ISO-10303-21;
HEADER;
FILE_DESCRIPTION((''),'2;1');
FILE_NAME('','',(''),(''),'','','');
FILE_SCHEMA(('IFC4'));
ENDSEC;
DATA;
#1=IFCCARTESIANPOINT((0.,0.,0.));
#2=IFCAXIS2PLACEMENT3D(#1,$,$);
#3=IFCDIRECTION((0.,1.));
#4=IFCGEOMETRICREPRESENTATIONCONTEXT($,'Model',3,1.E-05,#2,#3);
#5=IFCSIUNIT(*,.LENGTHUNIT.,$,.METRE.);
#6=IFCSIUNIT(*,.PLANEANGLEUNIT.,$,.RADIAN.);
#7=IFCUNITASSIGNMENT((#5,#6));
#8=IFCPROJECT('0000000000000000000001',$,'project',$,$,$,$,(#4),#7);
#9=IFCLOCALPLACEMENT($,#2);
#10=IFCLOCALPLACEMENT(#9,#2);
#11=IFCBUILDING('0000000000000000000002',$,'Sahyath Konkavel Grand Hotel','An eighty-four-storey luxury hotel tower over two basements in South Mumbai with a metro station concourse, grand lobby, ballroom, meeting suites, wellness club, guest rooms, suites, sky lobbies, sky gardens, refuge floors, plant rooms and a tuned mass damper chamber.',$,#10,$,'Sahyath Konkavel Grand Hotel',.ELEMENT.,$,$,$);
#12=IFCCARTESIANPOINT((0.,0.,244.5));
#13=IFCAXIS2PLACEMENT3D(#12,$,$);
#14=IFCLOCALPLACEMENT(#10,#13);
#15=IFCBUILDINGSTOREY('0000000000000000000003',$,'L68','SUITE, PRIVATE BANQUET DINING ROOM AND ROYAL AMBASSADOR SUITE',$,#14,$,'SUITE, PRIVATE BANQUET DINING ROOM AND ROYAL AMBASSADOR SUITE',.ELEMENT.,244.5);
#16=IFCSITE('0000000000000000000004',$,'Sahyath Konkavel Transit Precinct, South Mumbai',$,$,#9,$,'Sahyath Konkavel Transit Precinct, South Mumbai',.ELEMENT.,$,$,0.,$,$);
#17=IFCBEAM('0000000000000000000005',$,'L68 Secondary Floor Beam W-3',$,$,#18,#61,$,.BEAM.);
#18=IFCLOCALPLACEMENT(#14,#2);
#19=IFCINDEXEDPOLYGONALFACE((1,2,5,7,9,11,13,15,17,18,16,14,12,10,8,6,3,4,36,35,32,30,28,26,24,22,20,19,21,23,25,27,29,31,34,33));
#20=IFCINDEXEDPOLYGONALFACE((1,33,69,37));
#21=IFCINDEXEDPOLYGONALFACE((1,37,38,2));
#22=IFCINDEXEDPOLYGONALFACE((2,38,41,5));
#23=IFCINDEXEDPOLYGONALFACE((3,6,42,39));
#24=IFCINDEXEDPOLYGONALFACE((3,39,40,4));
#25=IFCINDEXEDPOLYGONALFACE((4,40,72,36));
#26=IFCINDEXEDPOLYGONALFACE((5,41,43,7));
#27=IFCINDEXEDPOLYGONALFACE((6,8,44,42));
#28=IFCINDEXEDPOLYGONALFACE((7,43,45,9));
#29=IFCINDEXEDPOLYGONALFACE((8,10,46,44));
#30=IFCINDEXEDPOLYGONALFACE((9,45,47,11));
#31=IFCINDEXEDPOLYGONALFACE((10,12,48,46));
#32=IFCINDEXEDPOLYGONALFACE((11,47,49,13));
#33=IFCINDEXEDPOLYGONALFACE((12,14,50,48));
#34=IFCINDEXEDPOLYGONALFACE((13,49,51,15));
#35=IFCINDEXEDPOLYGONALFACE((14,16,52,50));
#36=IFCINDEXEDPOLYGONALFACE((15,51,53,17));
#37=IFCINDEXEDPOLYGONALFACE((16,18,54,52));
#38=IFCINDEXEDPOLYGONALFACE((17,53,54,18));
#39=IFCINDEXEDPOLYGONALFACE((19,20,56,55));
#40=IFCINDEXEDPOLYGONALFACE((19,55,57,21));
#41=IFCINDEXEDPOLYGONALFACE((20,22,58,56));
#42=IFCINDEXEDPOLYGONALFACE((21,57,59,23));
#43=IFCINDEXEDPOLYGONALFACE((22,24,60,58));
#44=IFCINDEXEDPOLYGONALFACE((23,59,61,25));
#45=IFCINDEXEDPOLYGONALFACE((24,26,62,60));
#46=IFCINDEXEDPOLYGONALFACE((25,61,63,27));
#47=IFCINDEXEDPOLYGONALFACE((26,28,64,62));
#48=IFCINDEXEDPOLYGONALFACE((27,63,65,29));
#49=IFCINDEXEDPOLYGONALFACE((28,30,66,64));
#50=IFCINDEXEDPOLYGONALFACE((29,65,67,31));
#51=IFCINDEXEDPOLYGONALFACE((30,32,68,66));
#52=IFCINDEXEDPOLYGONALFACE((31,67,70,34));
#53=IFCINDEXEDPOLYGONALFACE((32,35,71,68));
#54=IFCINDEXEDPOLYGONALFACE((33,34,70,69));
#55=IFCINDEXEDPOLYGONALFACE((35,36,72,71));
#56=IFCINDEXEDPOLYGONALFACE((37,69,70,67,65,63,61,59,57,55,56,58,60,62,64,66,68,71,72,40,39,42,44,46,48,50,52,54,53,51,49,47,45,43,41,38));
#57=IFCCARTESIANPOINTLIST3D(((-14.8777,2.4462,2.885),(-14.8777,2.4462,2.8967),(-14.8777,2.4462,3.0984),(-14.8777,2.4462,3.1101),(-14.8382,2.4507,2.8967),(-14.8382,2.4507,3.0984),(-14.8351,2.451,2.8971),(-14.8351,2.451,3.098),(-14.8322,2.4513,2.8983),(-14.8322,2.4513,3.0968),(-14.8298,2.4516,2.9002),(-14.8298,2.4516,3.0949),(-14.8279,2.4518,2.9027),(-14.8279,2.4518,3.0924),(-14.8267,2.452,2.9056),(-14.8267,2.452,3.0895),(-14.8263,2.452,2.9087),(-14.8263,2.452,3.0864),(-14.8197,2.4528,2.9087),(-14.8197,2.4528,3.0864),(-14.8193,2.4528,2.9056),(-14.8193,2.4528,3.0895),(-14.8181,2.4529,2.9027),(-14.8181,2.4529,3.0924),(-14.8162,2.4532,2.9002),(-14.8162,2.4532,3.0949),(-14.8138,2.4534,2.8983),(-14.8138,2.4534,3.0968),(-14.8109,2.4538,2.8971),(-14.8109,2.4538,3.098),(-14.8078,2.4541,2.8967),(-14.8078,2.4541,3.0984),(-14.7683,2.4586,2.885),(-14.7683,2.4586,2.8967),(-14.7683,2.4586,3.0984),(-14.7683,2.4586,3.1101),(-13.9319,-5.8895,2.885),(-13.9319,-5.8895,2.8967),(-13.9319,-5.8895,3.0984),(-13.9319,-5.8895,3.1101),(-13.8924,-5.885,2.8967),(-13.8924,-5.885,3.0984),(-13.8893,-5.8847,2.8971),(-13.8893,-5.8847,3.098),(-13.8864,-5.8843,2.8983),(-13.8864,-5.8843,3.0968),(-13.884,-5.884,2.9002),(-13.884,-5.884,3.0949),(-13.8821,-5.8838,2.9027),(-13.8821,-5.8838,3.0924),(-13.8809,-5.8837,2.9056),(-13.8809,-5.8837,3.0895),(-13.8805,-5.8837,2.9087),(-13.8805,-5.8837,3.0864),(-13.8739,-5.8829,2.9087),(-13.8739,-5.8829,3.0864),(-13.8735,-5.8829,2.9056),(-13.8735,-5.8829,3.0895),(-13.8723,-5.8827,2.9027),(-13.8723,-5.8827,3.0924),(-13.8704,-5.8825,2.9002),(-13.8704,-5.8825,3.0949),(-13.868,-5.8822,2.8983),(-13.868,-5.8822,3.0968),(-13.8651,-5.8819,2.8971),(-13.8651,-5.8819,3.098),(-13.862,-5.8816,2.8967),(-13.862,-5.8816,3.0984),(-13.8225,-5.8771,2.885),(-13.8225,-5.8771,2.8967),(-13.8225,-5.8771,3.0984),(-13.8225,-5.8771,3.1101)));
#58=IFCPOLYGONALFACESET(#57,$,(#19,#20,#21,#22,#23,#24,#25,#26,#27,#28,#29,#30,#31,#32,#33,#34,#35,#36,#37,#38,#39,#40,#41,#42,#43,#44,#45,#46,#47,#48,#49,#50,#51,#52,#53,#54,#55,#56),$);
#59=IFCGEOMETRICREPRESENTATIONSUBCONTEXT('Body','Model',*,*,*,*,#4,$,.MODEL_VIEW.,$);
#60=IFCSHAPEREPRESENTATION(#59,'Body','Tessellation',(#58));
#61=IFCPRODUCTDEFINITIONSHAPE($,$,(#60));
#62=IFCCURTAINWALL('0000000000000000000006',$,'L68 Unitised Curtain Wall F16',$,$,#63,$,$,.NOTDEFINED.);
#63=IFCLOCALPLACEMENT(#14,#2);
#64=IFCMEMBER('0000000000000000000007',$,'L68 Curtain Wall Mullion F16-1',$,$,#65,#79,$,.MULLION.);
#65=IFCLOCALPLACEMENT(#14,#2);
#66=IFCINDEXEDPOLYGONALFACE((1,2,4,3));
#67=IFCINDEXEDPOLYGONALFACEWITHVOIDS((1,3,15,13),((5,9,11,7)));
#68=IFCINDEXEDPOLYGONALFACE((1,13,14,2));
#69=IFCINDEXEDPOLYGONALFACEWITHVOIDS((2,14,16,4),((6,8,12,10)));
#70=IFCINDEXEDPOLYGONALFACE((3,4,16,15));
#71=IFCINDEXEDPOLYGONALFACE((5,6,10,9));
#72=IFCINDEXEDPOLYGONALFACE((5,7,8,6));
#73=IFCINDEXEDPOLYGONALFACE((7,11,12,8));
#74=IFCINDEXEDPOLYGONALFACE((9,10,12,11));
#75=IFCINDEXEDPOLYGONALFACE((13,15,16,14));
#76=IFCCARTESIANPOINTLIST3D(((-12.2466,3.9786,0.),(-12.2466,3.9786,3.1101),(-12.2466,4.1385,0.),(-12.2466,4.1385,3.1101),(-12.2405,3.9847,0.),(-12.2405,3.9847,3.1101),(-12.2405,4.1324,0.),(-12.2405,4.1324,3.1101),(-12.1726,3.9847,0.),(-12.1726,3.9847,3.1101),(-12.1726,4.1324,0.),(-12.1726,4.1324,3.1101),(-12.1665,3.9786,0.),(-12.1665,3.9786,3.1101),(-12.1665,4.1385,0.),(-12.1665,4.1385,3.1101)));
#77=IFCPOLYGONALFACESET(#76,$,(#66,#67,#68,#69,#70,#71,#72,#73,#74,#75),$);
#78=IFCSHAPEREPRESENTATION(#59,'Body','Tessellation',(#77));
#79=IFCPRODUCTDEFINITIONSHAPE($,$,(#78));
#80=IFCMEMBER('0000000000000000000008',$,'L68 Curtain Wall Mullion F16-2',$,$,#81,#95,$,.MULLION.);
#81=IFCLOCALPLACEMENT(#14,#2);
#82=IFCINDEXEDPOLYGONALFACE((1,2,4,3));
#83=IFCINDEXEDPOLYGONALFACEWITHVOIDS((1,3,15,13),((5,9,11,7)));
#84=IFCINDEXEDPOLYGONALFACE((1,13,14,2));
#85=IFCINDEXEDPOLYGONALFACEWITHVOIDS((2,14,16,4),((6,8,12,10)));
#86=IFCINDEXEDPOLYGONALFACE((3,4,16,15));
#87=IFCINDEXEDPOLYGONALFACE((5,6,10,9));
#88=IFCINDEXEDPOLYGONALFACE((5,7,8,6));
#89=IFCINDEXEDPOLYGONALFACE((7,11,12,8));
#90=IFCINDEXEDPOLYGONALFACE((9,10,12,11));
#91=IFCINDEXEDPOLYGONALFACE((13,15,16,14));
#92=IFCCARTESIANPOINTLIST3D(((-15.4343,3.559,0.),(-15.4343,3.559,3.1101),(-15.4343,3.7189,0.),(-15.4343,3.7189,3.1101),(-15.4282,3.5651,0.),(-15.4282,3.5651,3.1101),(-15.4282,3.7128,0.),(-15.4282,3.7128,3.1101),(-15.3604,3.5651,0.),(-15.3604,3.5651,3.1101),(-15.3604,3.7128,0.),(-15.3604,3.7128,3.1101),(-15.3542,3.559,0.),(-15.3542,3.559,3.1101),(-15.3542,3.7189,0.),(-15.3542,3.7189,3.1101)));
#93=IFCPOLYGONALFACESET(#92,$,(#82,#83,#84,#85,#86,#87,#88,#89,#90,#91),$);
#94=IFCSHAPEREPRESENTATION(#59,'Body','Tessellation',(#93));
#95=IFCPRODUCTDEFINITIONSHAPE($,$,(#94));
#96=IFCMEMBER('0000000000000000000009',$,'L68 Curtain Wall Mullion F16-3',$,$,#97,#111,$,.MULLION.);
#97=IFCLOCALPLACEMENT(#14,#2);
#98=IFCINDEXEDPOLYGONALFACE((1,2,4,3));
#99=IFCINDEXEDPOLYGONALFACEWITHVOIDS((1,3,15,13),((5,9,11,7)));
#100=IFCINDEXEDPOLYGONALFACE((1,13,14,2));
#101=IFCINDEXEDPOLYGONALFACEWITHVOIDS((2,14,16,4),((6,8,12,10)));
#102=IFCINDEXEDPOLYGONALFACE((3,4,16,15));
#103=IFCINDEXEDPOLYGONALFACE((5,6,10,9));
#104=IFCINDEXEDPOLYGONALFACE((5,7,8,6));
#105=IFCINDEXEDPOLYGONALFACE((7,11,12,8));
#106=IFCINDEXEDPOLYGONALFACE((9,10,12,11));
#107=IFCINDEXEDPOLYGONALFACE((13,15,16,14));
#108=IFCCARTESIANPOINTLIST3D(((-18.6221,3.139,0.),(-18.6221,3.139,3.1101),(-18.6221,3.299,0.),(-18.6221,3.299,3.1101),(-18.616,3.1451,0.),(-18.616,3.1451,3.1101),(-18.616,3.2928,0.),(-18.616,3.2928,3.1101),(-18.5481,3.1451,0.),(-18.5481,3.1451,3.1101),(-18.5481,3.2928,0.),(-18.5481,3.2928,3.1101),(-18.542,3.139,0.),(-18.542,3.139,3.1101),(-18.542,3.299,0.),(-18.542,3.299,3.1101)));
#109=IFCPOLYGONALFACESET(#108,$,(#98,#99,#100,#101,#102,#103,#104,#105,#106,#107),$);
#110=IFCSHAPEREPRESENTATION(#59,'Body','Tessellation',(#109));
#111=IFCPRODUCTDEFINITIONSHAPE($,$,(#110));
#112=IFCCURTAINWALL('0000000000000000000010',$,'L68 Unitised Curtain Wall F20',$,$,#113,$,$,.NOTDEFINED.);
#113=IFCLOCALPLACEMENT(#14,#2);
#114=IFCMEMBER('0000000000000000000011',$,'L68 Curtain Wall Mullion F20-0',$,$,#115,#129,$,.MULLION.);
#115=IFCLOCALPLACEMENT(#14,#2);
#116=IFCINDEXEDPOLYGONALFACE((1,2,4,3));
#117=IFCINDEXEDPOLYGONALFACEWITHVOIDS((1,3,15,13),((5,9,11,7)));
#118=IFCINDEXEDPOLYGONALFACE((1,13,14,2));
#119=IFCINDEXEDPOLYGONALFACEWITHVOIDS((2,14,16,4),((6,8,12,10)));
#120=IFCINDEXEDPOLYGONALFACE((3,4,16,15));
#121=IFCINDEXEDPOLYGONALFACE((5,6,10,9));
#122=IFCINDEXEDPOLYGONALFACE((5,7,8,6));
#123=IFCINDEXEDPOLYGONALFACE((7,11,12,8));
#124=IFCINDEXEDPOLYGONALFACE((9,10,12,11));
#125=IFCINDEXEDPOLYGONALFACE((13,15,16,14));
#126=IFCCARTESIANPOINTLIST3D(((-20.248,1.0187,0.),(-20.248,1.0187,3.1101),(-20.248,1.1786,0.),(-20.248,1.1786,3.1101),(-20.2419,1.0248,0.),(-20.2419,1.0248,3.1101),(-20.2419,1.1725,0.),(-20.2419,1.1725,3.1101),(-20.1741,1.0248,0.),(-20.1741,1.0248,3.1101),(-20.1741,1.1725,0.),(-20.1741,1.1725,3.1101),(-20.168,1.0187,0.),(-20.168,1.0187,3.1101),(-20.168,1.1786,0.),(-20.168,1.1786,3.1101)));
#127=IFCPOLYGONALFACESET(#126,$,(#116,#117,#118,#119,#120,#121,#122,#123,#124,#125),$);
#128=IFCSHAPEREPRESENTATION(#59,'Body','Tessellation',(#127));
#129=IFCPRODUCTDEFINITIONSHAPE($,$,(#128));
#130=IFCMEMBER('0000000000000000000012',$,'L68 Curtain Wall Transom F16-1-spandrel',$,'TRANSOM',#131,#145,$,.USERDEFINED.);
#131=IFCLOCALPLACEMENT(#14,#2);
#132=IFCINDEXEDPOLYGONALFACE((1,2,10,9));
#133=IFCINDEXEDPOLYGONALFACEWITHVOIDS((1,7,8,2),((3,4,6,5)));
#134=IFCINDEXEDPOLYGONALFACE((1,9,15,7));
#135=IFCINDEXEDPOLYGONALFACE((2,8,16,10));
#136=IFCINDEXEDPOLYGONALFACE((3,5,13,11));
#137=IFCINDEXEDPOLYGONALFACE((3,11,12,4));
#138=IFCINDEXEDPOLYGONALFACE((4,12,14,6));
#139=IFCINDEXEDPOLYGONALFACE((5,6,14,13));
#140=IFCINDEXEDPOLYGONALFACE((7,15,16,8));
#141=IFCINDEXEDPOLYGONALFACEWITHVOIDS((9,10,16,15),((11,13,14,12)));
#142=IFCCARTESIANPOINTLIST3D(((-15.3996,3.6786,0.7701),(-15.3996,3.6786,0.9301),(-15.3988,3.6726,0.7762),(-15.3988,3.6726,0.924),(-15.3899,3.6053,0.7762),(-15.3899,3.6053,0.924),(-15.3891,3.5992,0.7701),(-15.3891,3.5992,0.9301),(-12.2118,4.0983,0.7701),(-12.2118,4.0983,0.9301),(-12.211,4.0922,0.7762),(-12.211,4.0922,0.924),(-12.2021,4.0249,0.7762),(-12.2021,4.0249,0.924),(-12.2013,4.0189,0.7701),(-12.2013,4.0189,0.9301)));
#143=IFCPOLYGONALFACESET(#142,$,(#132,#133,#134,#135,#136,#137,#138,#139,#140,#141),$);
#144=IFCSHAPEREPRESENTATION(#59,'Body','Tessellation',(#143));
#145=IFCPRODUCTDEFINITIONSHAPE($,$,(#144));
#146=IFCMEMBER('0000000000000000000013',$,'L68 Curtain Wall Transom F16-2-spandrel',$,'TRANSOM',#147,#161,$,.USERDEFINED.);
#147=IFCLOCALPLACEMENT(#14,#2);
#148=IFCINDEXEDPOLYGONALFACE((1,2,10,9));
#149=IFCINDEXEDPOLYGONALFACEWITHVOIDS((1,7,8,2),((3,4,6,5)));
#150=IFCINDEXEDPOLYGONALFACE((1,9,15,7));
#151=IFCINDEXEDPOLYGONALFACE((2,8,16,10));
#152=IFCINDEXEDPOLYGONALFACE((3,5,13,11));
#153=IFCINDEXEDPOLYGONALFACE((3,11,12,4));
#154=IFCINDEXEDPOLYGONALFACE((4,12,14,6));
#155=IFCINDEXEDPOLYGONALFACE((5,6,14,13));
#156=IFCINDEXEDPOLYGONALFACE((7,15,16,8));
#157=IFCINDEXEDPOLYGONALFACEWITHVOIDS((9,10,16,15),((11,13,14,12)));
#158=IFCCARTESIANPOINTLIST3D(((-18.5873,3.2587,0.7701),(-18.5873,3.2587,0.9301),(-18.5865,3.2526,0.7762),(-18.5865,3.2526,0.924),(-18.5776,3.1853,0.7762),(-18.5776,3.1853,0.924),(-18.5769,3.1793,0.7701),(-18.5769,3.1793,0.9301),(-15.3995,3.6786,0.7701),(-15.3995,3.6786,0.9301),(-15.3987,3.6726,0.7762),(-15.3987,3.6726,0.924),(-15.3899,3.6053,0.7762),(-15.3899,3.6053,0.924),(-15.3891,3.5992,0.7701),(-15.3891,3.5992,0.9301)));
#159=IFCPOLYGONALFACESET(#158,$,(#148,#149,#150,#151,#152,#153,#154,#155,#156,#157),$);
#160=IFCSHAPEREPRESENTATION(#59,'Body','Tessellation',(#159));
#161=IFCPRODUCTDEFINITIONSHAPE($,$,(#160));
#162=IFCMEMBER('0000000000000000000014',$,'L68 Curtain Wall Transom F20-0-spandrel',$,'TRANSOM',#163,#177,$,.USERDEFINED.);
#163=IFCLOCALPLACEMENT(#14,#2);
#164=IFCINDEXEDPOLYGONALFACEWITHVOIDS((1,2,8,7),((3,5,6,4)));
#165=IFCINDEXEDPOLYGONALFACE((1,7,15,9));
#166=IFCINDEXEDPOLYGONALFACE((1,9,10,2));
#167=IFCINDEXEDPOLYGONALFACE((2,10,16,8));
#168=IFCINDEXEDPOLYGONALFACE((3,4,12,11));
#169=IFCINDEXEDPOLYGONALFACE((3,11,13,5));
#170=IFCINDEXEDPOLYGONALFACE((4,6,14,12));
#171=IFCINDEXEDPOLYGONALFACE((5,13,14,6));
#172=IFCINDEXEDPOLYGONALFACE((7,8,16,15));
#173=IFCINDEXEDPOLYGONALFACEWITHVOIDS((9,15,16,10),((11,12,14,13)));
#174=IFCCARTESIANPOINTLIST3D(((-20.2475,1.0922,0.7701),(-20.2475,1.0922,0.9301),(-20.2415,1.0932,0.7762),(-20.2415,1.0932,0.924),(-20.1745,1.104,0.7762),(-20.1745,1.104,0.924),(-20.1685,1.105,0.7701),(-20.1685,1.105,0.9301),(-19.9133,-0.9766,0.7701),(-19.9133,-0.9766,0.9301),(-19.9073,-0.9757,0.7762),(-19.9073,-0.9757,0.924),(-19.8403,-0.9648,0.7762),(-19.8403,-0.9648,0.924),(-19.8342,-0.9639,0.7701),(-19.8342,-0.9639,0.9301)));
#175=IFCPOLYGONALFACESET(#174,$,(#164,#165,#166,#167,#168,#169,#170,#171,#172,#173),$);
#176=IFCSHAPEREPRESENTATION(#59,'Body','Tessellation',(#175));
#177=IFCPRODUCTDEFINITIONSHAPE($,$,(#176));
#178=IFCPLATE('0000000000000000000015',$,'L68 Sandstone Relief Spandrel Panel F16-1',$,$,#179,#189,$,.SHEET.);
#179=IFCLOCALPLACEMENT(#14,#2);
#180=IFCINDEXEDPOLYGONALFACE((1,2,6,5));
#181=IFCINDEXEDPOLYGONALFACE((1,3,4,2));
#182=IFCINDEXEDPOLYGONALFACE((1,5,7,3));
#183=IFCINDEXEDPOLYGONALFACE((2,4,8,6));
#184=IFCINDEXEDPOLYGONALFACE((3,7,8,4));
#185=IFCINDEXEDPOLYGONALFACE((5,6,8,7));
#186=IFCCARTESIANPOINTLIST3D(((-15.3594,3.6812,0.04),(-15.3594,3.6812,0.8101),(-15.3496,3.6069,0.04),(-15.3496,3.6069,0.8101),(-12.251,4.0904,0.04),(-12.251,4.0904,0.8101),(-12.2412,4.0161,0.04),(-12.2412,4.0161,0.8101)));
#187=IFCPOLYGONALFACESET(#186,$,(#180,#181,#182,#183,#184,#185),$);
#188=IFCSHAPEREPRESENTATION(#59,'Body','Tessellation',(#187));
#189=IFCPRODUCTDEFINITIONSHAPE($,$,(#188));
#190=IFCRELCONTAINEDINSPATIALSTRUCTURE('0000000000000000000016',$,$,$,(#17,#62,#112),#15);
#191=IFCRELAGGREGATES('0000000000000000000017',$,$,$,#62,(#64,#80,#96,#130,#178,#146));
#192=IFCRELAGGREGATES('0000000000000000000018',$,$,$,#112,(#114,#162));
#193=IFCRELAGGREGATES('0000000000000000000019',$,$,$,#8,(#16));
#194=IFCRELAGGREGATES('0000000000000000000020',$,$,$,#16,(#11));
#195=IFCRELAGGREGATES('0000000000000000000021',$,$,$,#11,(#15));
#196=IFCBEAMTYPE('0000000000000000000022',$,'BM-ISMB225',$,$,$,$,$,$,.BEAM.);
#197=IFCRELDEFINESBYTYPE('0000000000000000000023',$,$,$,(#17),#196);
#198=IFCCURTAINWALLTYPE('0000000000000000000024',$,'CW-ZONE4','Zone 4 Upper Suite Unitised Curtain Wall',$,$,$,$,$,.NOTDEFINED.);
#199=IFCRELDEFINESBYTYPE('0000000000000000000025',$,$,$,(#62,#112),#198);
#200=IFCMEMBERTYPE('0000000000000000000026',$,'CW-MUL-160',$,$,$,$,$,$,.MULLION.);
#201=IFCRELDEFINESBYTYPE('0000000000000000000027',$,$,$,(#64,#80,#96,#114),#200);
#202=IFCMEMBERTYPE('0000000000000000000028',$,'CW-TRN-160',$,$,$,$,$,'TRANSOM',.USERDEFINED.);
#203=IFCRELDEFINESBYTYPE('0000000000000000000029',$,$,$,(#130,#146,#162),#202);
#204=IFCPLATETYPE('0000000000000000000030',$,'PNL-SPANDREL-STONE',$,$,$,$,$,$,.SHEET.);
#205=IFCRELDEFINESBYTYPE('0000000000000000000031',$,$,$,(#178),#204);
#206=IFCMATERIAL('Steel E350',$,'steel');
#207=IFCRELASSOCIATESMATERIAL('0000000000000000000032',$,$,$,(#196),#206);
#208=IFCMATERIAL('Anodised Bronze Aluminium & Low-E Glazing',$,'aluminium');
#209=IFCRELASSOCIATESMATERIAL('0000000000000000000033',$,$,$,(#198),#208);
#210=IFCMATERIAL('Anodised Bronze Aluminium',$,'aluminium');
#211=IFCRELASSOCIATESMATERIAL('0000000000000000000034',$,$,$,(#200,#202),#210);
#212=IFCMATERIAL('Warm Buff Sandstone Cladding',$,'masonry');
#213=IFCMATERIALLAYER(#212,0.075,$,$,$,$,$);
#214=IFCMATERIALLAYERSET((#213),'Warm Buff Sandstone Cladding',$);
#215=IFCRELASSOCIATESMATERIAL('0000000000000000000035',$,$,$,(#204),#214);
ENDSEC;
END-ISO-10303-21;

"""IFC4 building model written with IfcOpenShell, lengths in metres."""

from ifc_helpers import new_model, si_unit, direction, frame, origin, origin_2d, place, context, subcontext, project, spatial, rectangle, hollow_rectangle, i_section, extrude, source, transform, mapped, material, layer, layer_set, material_profile, profile_set, type_object, element, aggregate, save


model = new_model("IFC4")

# Units and contexts
model_context = context("Model", 3, precision=1e-05, world=origin(), true_north=direction((0.0, 1.0)))
body_context = subcontext(model_context, "Body", "Model", "MODEL_VIEW")
ifc_project = project(units=[si_unit("LENGTHUNIT", "METRE"), si_unit("PLANEANGLEUNIT", "RADIAN")], contexts=[model_context])

# Site, building, storey
site_placement = place(None, origin())
site = spatial("IfcSite", under=ifc_project, at=site_placement, Name="Sahyath Konkavel Transit Precinct, South Mumbai", LongName="Sahyath Konkavel Transit Precinct, South Mumbai", CompositionType="ELEMENT", RefElevation=0.0)
building_placement = place(site_placement, origin())
building = spatial("IfcBuilding", under=site, at=building_placement, Name="Sahyath Konkavel Grand Hotel", Description="An eighty-four-storey luxury hotel tower over two basements in South Mumbai with a metro station concourse, grand lobby, ballroom, meeting suites, wellness club, guest rooms, suites, sky lobbies, sky gardens, refuge floors, plant rooms and a tuned mass damper chamber.", LongName="Sahyath Konkavel Grand Hotel", CompositionType="ELEMENT")
storey_placement = place(building_placement, frame((0.0, 0.0, 244.5)))
storey = spatial("IfcBuildingStorey", under=building, at=storey_placement, Name="L68", Description="SUITE, PRIVATE BANQUET DINING ROOM AND ROYAL AMBASSADOR SUITE", LongName="SUITE, PRIVATE BANQUET DINING ROOM AND ROYAL AMBASSADOR SUITE", CompositionType="ELEMENT", Elevation=244.5)

# Beam
ifc_material_1 = material(Name="Steel E350", Category="steel")
ifc_material_profile_1 = material_profile(ifc_material_1, i_section(OverallWidth=0.1101, OverallDepth=0.2251, WebThickness=0.0066, FlangeThickness=0.0117, FilletRadius=0.012, at=origin_2d()), Name="ISMB 225")
ifc_profile_set_1 = profile_set([ifc_material_profile_1], Name="Steel E350")
beam_type_1 = type_object("IfcBeamType", Name="BM-ISMB225", PredefinedType="BEAM", material=ifc_profile_set_1)
shared_shape_1 = source(origin(), body_context, "Body", "SweptSolid", [
    extrude(i_section(OverallWidth=0.1101, OverallDepth=0.2251, WebThickness=0.0066, FlangeThickness=0.0117, FilletRadius=0.012, at=origin_2d()), origin(), (0.0, 0.0, 1.0), 8.3892),
])
beam_1_placement = place(storey_placement, frame((-14.823, 2.4524, 2.9976), z_axis=(0.112741, -0.993624, 0.0), x_axis=(0.993624, 0.112741, 0.0)))
element("IfcBeam", 1, at=beam_1_placement, inside=storey, type_object=beam_type_1, Name="L68 Secondary Floor Beam W-3", PredefinedType="BEAM", context=body_context, shape_type="MappedRepresentation", body=[
    mapped(shared_shape_1, transform((0.0, 0.0, 0.0), scale=1.0)),
])

# Curtain wall, members
ifc_material_2 = material(Name="Anodised Bronze Aluminium & Low-E Glazing", Category="aluminium")
curtain_wall_type = type_object("IfcCurtainWallType", Name="CW-ZONE4", Description="Zone 4 Upper Suite Unitised Curtain Wall", PredefinedType="NOTDEFINED", material=ifc_material_2)
curtain_wall_1_placement = place(storey_placement, origin())
curtain_wall_1 = element("IfcCurtainWall", 2, at=curtain_wall_1_placement, inside=storey, type_object=curtain_wall_type, Name="L68 Unitised Curtain Wall F16", PredefinedType="NOTDEFINED")
ifc_material_3 = material(Name="Anodised Bronze Aluminium", Category="aluminium")
ifc_material_profile_2 = material_profile(ifc_material_3, hollow_rectangle(XDim=0.0801, YDim=0.1599, WallThickness=0.0061, at=origin_2d()), Name="RHS 160x80x6")
ifc_profile_set_2 = profile_set([ifc_material_profile_2], Name="Anodised Bronze Aluminium")
member_type_1 = type_object("IfcMemberType", Name="CW-MUL-160", PredefinedType="MULLION", material=ifc_profile_set_2)
shared_shape_2 = source(origin(), body_context, "Body", "SweptSolid", [
    extrude(hollow_rectangle(XDim=0.0801, YDim=0.1599, WallThickness=0.0061, at=origin_2d()), origin(), (0.0, 0.0, 1.0), 3.1101),
])
member_1_placement = place(storey_placement, frame((-12.2065, 4.0586, 0.0), z_axis=(0.0, 0.0, 1.0), x_axis=(1.0, 0.0, 0.0)))
member_1 = element("IfcMember", 3, at=member_1_placement, type_object=member_type_1, Name="L68 Curtain Wall Mullion F16-1", PredefinedType="MULLION", context=body_context, shape_type="MappedRepresentation", body=[
    mapped(shared_shape_2, transform((0.0, 0.0, 0.0), scale=1.0)),
])
member_2_placement = place(storey_placement, frame((-15.3943, 3.6389, 0.0), z_axis=(0.0, 0.0, 1.0), x_axis=(1.0, 0.0, 0.0)))
member_2 = element("IfcMember", 4, at=member_2_placement, type_object=member_type_1, Name="L68 Curtain Wall Mullion F16-2", PredefinedType="MULLION", context=body_context, shape_type="MappedRepresentation", body=[
    mapped(shared_shape_2, transform((0.0, 0.0, 0.0), scale=1.0)),
])
member_3_placement = place(storey_placement, frame((-18.582, 3.219, 0.0), z_axis=(0.0, 0.0, 1.0), x_axis=(1.0, 0.0, 0.0)))
member_3 = element("IfcMember", 5, at=member_3_placement, type_object=member_type_1, Name="L68 Curtain Wall Mullion F16-3", PredefinedType="MULLION", context=body_context, shape_type="MappedRepresentation", body=[
    mapped(shared_shape_2, transform((0.0, 0.0, 0.0), scale=1.0)),
])

# Curtain wall, member
curtain_wall_2_placement = place(storey_placement, origin())
curtain_wall_2 = element("IfcCurtainWall", 6, at=curtain_wall_2_placement, inside=storey, type_object=curtain_wall_type, Name="L68 Unitised Curtain Wall F20", PredefinedType="NOTDEFINED")
member_4_placement = place(storey_placement, frame((-20.208, 1.0986, 0.0), z_axis=(0.0, 0.0, 1.0), x_axis=(1.0, 0.0, 0.0)))
member_4 = element("IfcMember", 7, at=member_4_placement, type_object=member_type_1, Name="L68 Curtain Wall Mullion F20-0", PredefinedType="MULLION", context=body_context, shape_type="MappedRepresentation", body=[
    mapped(shared_shape_2, transform((0.0, 0.0, 0.0), scale=1.0)),
])

# Members
ifc_material_profile_3 = material_profile(ifc_material_3, hollow_rectangle(XDim=0.0801, YDim=0.1599, WallThickness=0.0061, at=origin_2d()), Name="RHS 160x80x6")
ifc_profile_set_3 = profile_set([ifc_material_profile_3], Name="Anodised Bronze Aluminium")
member_type_2 = type_object("IfcMemberType", Name="CW-TRN-160", ElementType="TRANSOM", PredefinedType="USERDEFINED", material=ifc_profile_set_3)
shared_shape_3 = source(origin(), body_context, "Body", "SweptSolid", [
    extrude(hollow_rectangle(XDim=0.0801, YDim=0.1599, WallThickness=0.0061, at=origin_2d()), origin(), (0.0, 0.0, 1.0), 3.2153),
])
member_5_placement = place(storey_placement, frame((-12.2065, 4.0586, 0.8501), z_axis=(-0.991445, -0.130527, 0.0), x_axis=(0.130527, -0.991445, 0.0)))
member_5 = element("IfcMember", 8, at=member_5_placement, type_object=member_type_2, Name="L68 Curtain Wall Transom F16-1-spandrel", ObjectType="TRANSOM", PredefinedType="USERDEFINED", context=body_context, shape_type="MappedRepresentation", body=[
    mapped(shared_shape_3, transform((0.0, 0.0, 0.0), scale=1.0)),
])
member_6_placement = place(storey_placement, frame((-15.3943, 3.6389, 0.8501), z_axis=(-0.991435, -0.130602, 0.0), x_axis=(0.130602, -0.991435, 0.0)))
member_6 = element("IfcMember", 9, at=member_6_placement, type_object=member_type_2, Name="L68 Curtain Wall Transom F16-2-spandrel", ObjectType="TRANSOM", PredefinedType="USERDEFINED", context=body_context, shape_type="MappedRepresentation", body=[
    mapped(shared_shape_3, transform((0.0, 0.0, 0.0), scale=1.0)),
])
shared_shape_4 = source(origin(), body_context, "Body", "SweptSolid", [
    extrude(hollow_rectangle(XDim=0.0801, YDim=0.1599, WallThickness=0.0061, at=origin_2d()), origin(), (0.0, 0.0, 1.0), 2.0957),
])
member_7_placement = place(storey_placement, frame((-20.208, 1.0986, 0.8501), z_axis=(0.159485, -0.9872, 0.0), x_axis=(0.9872, 0.159485, 0.0)))
member_7 = element("IfcMember", 10, at=member_7_placement, type_object=member_type_2, Name="L68 Curtain Wall Transom F20-0-spandrel", ObjectType="TRANSOM", PredefinedType="USERDEFINED", context=body_context, shape_type="MappedRepresentation", body=[
    mapped(shared_shape_4, transform((0.0, 0.0, 0.0), scale=1.0)),
])

# Plate
ifc_material_4 = material(Name="Warm Buff Sandstone Cladding", Category="masonry")
ifc_layer_1 = layer(ifc_material_4, 0.075)
ifc_layer_set_1 = layer_set([ifc_layer_1], Name="Warm Buff Sandstone Cladding")
plate_type_1 = type_object("IfcPlateType", Name="PNL-SPANDREL-STONE", PredefinedType="SHEET", material=ifc_layer_set_1)
shared_shape_5 = source(origin(), body_context, "Body", "SweptSolid", [
    extrude(rectangle(XDim=3.1353, YDim=0.075, at=origin_2d()), origin(), (0.0, 0.0, 1.0), 0.77),
])
plate_1_placement = place(storey_placement, frame((-13.8003, 3.8486, 0.04), z_axis=(0.0, 0.0, 1.0), x_axis=(-0.991445, -0.130526, 0.0)))
plate_1 = element("IfcPlate", 11, at=plate_1_placement, type_object=plate_type_1, Name="L68 Sandstone Relief Spandrel Panel F16-1", PredefinedType="SHEET", context=body_context, shape_type="MappedRepresentation", body=[
    mapped(shared_shape_5, transform((0.0, 0.0, 0.0), scale=1.0)),
])
aggregate(curtain_wall_1, [member_1, member_2, member_3, member_5, plate_1, member_6])
aggregate(curtain_wall_2, [member_4, member_7])

save(model, "model.ifc")
